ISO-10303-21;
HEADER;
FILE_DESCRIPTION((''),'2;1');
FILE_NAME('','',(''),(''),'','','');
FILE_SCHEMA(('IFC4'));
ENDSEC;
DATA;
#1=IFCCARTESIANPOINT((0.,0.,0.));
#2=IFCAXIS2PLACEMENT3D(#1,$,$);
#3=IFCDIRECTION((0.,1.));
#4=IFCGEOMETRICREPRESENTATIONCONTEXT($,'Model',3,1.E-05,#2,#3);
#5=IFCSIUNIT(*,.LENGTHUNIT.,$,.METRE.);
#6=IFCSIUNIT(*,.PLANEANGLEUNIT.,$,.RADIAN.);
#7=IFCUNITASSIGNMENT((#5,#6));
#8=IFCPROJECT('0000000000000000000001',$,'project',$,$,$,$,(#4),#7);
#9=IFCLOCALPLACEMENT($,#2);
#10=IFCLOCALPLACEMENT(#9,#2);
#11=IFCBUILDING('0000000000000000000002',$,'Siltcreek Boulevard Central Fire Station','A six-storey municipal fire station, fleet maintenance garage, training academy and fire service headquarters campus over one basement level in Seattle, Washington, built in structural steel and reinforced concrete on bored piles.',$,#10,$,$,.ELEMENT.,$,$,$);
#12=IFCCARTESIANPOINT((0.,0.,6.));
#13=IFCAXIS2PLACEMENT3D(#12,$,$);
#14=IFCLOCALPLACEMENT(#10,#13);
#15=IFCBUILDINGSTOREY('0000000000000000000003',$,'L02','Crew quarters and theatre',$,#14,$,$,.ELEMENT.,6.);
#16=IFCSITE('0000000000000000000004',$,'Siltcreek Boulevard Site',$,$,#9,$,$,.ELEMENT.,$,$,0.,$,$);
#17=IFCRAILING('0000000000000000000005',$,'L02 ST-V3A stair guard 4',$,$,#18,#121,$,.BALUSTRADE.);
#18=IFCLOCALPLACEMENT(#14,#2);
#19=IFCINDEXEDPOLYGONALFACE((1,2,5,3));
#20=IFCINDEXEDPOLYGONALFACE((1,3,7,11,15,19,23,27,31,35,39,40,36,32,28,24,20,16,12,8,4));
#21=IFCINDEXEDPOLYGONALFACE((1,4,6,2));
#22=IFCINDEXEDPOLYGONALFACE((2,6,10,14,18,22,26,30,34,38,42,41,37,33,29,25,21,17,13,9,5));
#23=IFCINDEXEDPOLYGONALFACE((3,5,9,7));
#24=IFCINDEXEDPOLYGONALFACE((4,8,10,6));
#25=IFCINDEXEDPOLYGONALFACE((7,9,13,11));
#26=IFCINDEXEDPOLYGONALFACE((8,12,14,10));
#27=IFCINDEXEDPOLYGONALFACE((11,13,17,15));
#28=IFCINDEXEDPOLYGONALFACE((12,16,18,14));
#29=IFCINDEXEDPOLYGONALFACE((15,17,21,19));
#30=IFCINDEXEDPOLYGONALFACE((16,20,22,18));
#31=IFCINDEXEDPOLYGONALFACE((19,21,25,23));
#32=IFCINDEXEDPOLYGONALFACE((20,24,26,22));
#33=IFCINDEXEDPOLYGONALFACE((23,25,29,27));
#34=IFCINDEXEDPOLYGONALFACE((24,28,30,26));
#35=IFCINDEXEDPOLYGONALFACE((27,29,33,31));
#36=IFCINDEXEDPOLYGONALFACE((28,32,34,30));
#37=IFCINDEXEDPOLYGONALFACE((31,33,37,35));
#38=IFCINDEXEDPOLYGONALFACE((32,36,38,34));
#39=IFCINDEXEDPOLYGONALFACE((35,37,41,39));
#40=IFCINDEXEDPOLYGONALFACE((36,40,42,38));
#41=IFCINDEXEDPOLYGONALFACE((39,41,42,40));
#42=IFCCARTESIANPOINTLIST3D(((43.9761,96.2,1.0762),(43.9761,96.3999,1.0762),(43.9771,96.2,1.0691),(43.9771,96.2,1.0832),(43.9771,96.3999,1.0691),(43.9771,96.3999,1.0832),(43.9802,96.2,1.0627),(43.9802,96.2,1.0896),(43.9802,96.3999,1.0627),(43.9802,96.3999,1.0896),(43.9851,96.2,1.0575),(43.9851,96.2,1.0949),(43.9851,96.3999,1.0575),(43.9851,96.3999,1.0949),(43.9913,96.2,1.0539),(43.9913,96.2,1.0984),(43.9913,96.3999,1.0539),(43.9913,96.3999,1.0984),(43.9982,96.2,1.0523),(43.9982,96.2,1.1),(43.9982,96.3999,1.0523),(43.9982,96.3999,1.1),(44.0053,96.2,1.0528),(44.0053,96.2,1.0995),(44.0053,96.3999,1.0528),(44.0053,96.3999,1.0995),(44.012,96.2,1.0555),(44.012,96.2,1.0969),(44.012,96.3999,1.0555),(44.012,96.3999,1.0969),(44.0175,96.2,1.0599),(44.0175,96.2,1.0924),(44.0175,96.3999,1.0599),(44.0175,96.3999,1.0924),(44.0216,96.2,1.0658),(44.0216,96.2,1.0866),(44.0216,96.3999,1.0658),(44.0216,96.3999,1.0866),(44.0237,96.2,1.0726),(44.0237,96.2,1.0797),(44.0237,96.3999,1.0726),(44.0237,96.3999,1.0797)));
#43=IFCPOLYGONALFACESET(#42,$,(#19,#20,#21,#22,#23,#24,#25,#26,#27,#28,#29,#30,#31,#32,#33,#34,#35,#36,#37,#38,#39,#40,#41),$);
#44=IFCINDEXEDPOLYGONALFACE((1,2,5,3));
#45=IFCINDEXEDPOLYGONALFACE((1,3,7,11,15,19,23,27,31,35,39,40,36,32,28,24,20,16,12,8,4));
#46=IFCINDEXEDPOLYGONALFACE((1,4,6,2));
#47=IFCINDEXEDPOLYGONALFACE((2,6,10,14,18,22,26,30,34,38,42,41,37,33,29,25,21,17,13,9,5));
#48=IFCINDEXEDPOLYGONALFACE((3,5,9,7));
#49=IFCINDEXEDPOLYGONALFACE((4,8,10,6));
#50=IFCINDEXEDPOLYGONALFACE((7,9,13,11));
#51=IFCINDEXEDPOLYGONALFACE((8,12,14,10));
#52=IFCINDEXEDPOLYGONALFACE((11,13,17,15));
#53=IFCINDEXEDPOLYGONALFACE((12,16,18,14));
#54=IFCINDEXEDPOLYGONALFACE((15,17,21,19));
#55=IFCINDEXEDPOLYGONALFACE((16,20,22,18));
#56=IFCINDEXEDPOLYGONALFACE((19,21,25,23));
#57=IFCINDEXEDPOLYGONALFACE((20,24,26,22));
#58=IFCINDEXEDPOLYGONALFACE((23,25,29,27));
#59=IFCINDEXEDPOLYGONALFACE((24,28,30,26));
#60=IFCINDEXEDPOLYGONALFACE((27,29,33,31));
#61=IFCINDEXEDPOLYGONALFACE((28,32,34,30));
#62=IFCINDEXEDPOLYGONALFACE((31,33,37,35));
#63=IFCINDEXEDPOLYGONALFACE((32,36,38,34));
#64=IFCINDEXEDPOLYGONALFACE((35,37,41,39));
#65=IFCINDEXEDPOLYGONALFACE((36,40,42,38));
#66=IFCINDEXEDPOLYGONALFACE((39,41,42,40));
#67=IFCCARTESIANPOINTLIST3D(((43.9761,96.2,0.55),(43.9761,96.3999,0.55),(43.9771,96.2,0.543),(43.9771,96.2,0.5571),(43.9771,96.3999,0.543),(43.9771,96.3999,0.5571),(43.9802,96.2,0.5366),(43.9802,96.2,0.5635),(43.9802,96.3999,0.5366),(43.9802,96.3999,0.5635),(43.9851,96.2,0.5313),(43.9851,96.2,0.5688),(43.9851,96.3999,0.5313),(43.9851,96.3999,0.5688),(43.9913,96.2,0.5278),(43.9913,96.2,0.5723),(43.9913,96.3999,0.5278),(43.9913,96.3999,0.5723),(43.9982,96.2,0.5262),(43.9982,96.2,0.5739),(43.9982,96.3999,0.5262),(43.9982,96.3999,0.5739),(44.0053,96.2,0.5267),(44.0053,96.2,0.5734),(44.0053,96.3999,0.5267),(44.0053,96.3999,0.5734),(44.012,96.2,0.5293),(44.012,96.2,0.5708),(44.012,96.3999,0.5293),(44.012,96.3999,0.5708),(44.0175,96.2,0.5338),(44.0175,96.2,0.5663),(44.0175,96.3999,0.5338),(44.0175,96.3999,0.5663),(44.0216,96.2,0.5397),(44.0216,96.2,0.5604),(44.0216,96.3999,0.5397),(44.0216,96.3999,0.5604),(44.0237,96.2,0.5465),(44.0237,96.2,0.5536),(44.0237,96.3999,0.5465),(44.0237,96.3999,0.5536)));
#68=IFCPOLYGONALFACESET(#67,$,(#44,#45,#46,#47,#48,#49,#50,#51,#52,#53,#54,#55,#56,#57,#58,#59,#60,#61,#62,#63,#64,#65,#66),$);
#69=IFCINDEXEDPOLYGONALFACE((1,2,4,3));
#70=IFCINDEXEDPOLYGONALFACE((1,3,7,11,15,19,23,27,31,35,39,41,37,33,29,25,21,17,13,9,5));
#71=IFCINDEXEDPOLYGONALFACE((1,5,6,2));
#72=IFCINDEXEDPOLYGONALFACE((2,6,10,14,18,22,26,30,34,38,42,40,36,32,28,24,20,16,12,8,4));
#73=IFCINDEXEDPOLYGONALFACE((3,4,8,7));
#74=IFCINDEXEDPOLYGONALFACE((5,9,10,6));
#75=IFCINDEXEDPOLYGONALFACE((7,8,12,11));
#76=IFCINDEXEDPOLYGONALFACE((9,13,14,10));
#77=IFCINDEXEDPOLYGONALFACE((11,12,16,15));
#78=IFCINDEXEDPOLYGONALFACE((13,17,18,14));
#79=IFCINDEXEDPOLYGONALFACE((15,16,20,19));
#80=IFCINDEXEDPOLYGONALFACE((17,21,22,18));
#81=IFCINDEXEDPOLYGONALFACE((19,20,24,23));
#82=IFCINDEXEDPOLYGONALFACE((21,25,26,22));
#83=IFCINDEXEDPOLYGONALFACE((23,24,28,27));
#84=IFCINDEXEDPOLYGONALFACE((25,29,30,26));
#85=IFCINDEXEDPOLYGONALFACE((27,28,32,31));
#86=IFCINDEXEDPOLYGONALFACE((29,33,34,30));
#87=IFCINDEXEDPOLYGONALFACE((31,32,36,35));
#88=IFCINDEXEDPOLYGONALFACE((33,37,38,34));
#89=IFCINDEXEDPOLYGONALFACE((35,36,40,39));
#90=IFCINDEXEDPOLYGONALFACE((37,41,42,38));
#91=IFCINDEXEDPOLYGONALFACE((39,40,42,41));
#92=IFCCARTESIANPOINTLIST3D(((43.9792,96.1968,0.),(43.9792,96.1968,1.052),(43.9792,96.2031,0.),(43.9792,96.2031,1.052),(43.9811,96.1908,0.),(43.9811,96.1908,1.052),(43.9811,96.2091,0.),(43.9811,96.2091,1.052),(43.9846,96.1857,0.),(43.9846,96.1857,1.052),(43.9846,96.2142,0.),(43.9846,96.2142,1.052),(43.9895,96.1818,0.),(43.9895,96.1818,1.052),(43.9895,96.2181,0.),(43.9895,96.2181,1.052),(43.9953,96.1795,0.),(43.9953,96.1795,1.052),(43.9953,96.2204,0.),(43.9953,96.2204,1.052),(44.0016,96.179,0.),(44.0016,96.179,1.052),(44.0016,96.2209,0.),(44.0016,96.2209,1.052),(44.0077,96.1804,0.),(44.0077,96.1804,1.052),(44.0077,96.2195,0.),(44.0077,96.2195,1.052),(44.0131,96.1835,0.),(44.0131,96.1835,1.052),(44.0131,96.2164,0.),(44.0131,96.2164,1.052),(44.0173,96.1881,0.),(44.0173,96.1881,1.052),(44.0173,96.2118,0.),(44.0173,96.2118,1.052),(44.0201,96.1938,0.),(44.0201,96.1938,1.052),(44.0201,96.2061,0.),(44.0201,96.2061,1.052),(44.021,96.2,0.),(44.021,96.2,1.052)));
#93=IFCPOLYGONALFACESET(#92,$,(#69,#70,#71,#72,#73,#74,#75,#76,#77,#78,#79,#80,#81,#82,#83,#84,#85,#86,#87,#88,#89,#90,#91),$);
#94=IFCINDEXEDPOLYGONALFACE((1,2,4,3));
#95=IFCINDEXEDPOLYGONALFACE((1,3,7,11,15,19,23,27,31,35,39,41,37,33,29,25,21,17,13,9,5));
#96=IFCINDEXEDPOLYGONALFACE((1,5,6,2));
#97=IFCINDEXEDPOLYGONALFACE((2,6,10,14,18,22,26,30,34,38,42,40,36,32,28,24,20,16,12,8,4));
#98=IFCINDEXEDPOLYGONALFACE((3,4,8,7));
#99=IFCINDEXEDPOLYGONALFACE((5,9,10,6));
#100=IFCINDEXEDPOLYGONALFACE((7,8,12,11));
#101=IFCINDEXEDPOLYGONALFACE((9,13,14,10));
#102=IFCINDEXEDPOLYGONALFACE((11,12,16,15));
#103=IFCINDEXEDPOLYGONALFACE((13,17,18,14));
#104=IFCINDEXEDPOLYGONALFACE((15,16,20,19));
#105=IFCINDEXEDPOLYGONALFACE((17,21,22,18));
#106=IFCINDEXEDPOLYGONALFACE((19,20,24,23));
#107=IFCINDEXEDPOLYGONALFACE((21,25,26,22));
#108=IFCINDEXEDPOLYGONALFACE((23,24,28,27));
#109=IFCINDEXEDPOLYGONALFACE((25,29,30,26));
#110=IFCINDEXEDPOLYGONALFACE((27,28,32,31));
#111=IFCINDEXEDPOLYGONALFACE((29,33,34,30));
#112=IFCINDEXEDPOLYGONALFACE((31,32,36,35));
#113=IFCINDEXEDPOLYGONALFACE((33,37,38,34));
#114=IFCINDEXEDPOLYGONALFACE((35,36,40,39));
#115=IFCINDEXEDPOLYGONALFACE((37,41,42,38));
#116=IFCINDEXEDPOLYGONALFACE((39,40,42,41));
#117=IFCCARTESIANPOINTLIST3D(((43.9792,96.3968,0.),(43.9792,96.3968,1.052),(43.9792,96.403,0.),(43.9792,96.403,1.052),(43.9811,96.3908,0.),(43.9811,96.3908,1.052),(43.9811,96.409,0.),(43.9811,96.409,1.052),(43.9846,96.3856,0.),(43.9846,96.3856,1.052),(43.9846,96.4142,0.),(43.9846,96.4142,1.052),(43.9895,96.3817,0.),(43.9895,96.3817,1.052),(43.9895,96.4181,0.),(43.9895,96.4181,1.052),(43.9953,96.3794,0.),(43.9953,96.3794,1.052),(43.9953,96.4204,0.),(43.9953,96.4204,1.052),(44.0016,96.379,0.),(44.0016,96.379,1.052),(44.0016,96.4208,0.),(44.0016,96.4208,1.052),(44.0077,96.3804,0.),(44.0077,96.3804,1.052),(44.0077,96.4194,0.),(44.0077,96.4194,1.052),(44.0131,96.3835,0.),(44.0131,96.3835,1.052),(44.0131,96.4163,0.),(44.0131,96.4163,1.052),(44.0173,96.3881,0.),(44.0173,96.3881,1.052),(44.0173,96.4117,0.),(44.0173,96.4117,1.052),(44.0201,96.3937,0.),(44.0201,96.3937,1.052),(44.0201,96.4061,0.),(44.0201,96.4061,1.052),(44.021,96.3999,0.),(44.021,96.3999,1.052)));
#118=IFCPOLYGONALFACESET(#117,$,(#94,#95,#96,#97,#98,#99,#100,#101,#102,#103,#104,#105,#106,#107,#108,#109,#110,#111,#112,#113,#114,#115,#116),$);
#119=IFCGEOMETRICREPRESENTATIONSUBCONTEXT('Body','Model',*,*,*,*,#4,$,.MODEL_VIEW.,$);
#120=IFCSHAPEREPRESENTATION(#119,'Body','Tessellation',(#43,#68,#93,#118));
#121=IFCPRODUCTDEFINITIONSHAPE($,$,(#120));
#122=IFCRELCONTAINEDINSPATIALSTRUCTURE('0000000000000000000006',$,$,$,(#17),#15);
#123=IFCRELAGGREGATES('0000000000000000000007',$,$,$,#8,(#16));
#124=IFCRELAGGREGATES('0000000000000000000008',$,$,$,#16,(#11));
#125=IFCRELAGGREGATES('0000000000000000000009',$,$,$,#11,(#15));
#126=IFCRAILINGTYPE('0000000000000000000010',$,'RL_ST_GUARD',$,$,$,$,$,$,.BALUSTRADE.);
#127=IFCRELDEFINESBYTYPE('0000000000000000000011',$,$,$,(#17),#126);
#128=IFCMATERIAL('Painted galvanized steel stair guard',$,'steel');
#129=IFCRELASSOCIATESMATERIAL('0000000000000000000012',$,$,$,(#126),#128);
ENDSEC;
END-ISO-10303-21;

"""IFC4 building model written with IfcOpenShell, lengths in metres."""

from ifc_helpers import new_model, si_unit, direction, frame, origin, origin_2d, place, context, subcontext, project, spatial, circle, extrude, material, type_object, element, save


model = new_model("IFC4")

# Units and contexts
model_context = context("Model", 3, precision=1e-05, world=origin(), true_north=direction((0.0, 1.0)))
body_context = subcontext(model_context, "Body", "Model", "MODEL_VIEW")
ifc_project = project(units=[si_unit("LENGTHUNIT", "METRE"), si_unit("PLANEANGLEUNIT", "RADIAN")], contexts=[model_context])

# Site, building, storey
site_placement = place(None, origin())
site = spatial("IfcSite", under=ifc_project, at=site_placement, Name="Siltcreek Boulevard Site", CompositionType="ELEMENT", RefElevation=0.0)
building_placement = place(site_placement, origin())
building = spatial("IfcBuilding", under=site, at=building_placement, Name="Siltcreek Boulevard Central Fire Station", Description="A six-storey municipal fire station, fleet maintenance garage, training academy and fire service headquarters campus over one basement level in Seattle, Washington, built in structural steel and reinforced concrete on bored piles.", CompositionType="ELEMENT")
storey_placement = place(building_placement, frame((0.0, 0.0, 6.0)))
storey = spatial("IfcBuildingStorey", under=building, at=storey_placement, Name="L02", Description="Crew quarters and theatre", CompositionType="ELEMENT", Elevation=6.0)

# Railing
ifc_material_1 = material(Name="Painted galvanized steel stair guard", Category="steel")
railing_type_1 = type_object("IfcRailingType", Name="RL_ST_GUARD", PredefinedType="BALUSTRADE", material=ifc_material_1)
railing_1_placement = place(storey_placement, frame((44.0, 96.2, 0.0)))
element("IfcRailing", 1, at=railing_1_placement, inside=storey, type_object=railing_type_1, Name="L02 ST-V3A stair guard 4", PredefinedType="BALUSTRADE", context=body_context, shape_type="SweptSolid", body=[
    extrude(circle(Radius=0.0239, at=origin_2d()), frame((0.0, 0.0, 1.0762), z_axis=(0.0, 1.0, 0.0), x_axis=(-1.0, 0.0, 0.0)), (0.0, 0.0, 1.0), 0.2),
    extrude(circle(Radius=0.0239, at=origin_2d()), frame((0.0, 0.0, 0.55), z_axis=(0.0, 1.0, 0.0), x_axis=(-1.0, 0.0, 0.0)), (0.0, 0.0, 1.0), 0.2),
    extrude(circle(Radius=0.021, at=origin_2d()), origin(), (0.0, 0.0, 1.0), 1.052),
    extrude(circle(Radius=0.021, at=origin_2d()), frame((0.0, 0.2, 0.0)), (0.0, 0.0, 1.0), 1.052),
])

save(model, "model.ifc")
